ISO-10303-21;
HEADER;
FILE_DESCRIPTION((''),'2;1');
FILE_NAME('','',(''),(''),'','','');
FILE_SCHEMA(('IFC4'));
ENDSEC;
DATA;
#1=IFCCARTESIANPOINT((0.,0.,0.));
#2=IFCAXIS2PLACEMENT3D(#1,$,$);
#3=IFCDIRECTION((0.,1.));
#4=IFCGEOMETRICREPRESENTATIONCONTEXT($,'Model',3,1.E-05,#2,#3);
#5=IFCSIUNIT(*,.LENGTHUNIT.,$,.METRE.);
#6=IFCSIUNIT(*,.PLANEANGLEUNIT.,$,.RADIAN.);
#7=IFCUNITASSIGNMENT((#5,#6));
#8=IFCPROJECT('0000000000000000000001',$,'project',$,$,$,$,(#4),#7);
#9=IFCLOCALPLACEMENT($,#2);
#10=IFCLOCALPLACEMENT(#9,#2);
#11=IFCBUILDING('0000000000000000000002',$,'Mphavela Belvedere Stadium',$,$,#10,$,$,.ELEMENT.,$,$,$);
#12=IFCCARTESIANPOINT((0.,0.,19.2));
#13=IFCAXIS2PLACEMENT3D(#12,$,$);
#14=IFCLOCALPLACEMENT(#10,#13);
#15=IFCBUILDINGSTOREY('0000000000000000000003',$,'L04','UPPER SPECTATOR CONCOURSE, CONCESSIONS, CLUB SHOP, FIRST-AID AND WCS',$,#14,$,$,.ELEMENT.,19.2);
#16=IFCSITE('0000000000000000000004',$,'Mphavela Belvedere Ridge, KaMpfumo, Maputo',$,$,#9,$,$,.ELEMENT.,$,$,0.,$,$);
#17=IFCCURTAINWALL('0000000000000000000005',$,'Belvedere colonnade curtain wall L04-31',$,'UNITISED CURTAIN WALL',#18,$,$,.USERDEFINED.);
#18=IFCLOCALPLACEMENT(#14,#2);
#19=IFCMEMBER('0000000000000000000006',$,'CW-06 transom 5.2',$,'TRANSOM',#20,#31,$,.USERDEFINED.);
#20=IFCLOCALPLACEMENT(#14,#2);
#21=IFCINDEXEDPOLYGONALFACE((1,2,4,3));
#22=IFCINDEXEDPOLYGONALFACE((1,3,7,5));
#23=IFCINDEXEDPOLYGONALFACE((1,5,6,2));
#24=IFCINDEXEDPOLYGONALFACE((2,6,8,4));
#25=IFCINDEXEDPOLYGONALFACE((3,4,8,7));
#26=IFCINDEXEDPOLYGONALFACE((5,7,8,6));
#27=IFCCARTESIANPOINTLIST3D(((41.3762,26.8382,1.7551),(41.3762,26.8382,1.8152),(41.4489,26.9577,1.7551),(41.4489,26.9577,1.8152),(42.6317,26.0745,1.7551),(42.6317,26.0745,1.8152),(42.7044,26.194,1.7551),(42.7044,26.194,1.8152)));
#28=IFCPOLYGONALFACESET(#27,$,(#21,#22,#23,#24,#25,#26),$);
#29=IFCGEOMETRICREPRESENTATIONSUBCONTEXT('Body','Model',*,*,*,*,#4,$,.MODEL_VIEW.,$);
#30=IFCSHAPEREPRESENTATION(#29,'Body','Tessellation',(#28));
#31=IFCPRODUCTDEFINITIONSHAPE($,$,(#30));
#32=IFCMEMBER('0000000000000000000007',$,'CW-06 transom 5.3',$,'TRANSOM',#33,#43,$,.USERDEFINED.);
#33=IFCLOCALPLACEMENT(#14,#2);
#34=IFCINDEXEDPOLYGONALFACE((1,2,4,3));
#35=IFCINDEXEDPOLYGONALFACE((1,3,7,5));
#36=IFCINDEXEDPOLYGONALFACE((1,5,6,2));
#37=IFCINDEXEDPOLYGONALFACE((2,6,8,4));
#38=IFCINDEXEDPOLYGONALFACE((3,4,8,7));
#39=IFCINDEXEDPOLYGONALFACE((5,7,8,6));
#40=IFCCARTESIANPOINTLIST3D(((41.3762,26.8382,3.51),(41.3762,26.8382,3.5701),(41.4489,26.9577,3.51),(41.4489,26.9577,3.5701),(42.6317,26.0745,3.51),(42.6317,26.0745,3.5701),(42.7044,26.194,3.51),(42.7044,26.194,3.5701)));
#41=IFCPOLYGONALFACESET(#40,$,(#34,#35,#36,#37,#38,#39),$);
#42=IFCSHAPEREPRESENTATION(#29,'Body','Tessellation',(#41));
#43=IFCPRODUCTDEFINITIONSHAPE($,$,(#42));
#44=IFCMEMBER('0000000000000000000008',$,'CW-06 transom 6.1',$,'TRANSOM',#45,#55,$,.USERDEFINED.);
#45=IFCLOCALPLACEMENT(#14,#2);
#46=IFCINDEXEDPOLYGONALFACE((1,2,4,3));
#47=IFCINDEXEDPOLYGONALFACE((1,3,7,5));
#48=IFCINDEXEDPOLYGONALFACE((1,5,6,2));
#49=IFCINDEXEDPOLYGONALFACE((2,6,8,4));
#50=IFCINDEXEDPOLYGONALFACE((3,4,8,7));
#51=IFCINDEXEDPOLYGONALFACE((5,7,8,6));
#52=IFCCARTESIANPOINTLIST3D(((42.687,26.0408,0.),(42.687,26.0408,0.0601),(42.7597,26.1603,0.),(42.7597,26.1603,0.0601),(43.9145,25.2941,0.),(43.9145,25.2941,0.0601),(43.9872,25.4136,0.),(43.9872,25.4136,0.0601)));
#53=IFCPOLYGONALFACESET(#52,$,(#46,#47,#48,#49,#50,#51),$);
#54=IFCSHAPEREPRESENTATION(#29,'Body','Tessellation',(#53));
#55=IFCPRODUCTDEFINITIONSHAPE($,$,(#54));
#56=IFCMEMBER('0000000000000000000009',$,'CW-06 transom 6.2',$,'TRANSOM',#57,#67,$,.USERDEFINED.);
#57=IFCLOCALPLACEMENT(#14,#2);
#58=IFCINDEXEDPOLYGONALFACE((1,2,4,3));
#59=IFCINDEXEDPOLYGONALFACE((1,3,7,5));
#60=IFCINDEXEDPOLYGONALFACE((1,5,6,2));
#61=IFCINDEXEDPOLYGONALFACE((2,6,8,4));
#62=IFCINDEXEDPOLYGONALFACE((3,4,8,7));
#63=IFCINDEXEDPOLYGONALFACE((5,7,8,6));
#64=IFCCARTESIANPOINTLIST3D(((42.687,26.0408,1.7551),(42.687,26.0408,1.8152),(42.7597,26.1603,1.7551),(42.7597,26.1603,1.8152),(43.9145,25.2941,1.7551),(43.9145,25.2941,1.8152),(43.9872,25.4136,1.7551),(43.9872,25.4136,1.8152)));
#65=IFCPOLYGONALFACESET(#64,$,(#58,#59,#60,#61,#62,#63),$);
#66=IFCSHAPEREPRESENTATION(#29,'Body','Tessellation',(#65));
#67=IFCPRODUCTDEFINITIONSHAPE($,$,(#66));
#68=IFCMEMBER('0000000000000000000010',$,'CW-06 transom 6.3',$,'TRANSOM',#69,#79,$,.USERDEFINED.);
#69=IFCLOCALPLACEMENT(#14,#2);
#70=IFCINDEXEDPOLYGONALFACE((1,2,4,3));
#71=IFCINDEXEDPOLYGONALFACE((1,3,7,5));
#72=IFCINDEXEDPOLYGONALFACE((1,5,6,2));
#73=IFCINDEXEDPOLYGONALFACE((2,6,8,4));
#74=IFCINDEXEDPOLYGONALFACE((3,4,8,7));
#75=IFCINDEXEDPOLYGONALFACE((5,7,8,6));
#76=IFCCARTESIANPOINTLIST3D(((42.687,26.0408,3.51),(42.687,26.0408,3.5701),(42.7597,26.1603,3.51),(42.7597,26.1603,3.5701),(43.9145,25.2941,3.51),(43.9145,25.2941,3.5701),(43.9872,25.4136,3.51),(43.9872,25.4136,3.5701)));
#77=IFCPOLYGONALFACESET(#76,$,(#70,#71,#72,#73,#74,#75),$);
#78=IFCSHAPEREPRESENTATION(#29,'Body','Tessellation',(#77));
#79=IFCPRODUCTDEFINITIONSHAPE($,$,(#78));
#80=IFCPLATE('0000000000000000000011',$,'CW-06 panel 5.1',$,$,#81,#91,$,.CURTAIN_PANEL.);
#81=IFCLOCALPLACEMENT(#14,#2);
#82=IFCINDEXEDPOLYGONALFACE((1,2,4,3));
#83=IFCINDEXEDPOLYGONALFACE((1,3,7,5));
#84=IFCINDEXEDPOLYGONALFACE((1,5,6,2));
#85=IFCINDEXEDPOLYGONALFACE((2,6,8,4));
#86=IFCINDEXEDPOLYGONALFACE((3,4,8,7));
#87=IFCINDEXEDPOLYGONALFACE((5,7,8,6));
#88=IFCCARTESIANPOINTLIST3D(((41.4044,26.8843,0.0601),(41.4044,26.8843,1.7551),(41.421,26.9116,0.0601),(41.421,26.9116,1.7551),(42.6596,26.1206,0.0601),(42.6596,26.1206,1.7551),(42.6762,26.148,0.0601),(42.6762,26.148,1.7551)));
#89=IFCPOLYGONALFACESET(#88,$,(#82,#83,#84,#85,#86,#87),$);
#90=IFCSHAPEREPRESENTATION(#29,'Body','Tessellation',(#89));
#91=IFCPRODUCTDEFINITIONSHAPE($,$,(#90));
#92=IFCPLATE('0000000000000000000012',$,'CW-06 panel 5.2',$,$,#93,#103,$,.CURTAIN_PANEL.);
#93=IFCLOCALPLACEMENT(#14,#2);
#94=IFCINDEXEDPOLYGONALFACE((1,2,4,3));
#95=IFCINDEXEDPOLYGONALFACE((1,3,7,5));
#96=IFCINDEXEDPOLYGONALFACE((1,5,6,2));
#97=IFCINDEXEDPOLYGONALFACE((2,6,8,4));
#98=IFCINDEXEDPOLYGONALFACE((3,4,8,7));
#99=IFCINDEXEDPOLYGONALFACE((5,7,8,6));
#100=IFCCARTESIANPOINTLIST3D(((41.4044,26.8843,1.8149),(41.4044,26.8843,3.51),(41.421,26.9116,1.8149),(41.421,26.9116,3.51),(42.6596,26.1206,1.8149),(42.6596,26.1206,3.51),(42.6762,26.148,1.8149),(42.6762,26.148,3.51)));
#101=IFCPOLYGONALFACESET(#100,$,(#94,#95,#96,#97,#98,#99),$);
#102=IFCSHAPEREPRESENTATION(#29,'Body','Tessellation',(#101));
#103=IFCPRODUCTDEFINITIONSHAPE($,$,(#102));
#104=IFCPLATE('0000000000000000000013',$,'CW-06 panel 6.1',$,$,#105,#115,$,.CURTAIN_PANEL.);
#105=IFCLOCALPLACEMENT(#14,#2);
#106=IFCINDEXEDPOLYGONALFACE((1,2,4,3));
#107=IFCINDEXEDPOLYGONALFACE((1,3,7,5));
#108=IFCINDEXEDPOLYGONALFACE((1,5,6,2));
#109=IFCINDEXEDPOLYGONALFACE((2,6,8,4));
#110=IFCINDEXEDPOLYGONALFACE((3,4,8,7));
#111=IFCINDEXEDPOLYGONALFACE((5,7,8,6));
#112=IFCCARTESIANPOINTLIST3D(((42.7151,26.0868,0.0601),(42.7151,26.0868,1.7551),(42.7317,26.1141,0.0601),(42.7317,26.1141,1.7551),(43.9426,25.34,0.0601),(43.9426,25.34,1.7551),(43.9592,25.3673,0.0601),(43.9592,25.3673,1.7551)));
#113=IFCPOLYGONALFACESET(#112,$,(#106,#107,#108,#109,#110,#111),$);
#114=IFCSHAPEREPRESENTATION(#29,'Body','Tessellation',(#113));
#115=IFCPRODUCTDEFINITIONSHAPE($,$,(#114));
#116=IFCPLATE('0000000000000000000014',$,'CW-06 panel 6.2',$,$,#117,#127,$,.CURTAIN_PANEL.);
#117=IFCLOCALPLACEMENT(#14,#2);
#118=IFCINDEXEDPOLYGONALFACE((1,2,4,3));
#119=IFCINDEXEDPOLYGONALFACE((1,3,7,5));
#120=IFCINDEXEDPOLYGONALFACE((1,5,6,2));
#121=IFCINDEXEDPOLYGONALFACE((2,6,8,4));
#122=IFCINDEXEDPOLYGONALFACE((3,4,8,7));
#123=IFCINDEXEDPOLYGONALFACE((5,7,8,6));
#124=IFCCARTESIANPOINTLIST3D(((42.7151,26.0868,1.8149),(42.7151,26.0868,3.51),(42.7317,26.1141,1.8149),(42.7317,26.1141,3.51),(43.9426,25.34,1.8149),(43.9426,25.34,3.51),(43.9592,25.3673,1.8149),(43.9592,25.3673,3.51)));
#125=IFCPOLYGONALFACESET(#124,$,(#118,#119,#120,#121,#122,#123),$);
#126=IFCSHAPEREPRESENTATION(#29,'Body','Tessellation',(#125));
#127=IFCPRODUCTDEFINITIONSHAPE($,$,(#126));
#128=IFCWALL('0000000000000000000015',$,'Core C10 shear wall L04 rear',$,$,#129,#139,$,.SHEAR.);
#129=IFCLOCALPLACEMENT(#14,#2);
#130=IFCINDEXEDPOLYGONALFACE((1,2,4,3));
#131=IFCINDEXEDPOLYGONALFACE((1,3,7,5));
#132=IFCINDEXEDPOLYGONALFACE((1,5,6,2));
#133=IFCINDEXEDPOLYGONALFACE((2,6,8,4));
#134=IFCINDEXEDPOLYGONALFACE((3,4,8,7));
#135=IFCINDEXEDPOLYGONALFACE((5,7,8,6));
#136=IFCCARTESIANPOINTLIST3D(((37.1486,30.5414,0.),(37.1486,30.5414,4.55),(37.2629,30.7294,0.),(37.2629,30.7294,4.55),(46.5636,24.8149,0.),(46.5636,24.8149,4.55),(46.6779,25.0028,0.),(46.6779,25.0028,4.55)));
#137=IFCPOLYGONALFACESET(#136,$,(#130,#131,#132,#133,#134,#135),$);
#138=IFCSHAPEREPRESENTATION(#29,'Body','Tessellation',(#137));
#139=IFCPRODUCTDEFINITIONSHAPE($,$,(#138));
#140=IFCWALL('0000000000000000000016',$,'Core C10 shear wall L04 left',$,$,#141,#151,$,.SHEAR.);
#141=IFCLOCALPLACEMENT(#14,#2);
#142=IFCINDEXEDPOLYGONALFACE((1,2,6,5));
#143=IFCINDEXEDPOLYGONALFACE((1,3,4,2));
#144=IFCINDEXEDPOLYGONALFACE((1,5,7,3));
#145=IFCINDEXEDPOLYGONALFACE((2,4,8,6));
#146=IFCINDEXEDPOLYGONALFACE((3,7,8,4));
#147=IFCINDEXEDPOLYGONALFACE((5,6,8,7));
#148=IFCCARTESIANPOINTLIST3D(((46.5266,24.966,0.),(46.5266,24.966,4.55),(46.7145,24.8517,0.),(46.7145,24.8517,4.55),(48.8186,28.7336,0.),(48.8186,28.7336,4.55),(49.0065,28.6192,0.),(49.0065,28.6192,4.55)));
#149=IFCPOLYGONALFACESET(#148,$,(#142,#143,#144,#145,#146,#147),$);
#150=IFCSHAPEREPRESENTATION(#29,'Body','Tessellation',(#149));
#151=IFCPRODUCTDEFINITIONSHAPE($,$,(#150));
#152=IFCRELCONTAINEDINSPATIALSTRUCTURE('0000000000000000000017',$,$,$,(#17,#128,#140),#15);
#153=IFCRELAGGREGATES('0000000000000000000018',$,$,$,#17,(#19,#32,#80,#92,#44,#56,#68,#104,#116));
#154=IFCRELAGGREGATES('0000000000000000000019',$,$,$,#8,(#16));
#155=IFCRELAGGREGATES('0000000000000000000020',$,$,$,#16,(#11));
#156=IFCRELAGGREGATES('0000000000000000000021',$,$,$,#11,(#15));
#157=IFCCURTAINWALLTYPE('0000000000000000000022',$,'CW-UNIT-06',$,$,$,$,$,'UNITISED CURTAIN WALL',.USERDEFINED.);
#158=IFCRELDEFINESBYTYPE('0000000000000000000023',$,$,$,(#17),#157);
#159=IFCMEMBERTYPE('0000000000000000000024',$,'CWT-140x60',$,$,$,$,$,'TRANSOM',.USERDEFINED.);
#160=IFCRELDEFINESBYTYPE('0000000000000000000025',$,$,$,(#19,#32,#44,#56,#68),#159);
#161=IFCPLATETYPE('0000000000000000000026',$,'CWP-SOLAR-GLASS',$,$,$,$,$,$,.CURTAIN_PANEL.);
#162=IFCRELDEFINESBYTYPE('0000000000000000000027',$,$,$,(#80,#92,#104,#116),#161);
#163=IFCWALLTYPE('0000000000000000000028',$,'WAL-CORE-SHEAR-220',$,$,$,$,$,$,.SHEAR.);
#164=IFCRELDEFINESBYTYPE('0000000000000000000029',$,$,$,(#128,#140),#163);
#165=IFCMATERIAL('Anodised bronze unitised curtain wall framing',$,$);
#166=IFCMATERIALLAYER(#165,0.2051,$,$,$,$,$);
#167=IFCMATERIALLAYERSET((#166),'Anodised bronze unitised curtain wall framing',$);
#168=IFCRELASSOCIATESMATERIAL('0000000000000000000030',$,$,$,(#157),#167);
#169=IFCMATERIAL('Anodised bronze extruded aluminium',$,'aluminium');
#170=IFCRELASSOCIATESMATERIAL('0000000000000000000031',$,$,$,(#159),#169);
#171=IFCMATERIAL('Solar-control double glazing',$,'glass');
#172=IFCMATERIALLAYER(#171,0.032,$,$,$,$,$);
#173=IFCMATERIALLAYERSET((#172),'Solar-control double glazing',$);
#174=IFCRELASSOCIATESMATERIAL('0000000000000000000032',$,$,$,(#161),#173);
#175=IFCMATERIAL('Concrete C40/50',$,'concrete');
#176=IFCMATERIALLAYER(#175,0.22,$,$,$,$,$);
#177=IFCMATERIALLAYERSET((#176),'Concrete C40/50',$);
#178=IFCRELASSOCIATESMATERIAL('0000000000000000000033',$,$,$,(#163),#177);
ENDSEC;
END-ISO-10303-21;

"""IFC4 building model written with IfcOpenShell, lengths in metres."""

from ifc_helpers import new_model, si_unit, direction, frame, frame_2d, origin, origin_2d, place, context, subcontext, project, spatial, rectangle, extrude, material, layer, layer_set, material_profile, profile_set, type_object, element, aggregate, save


model = new_model("IFC4")

# Units and contexts
model_context = context("Model", 3, precision=1e-05, world=origin(), true_north=direction((0.0, 1.0)))
body_context = subcontext(model_context, "Body", "Model", "MODEL_VIEW")
ifc_project = project(units=[si_unit("LENGTHUNIT", "METRE"), si_unit("PLANEANGLEUNIT", "RADIAN")], contexts=[model_context])

# Site, building, storey
site_placement = place(None, origin())
site = spatial("IfcSite", under=ifc_project, at=site_placement, Name="Mphavela Belvedere Ridge, KaMpfumo, Maputo", CompositionType="ELEMENT", RefElevation=0.0)
building_placement = place(site_placement, origin())
building = spatial("IfcBuilding", under=site, at=building_placement, Name="Mphavela Belvedere Stadium", CompositionType="ELEMENT")
storey_placement = place(building_placement, frame((0.0, 0.0, 19.2)))
storey = spatial("IfcBuildingStorey", under=building, at=storey_placement, Name="L04", Description="UPPER SPECTATOR CONCOURSE, CONCESSIONS, CLUB SHOP, FIRST-AID AND WCS", CompositionType="ELEMENT", Elevation=19.2)

# Curtain wall, members, plates
ifc_material_1 = material(Name="Anodised bronze unitised curtain wall framing")
ifc_layer_1 = layer(ifc_material_1, 0.2051)
ifc_layer_set_1 = layer_set([ifc_layer_1], Name="Anodised bronze unitised curtain wall framing")
curtain_wall_type = type_object("IfcCurtainWallType", Name="CW-UNIT-06", ElementType="UNITISED CURTAIN WALL", PredefinedType="USERDEFINED", material=ifc_layer_set_1)
curtain_wall_placement = place(storey_placement, origin())
curtain_wall = element("IfcCurtainWall", 1, at=curtain_wall_placement, inside=storey, type_object=curtain_wall_type, Name="Belvedere colonnade curtain wall L04-31", ObjectType="UNITISED CURTAIN WALL", PredefinedType="USERDEFINED")
ifc_material_2 = material(Name="Anodised bronze extruded aluminium", Category="aluminium")
ifc_material_profile_1 = material_profile(ifc_material_2, rectangle(XDim=0.1399, YDim=0.0601, at=origin_2d()), Name="CW-TRN 140x60")
ifc_profile_set_1 = profile_set([ifc_material_profile_1], Name="Anodised bronze extruded aluminium")
member_type_1 = type_object("IfcMemberType", Name="CWT-140x60", ElementType="TRANSOM", PredefinedType="USERDEFINED", material=ifc_profile_set_1)
member_1_placement = place(storey_placement, frame((41.4126, 26.8979, 1.7852), z_axis=(0.85434, -0.519715, 0.0), x_axis=(0.519715, 0.85434, 0.0)))
member_1 = element("IfcMember", 2, at=member_1_placement, type_object=member_type_1, Name="CW-06 transom 5.2", ObjectType="TRANSOM", PredefinedType="USERDEFINED", context=body_context, shape_type="SweptSolid", body=[
    extrude(rectangle(XDim=0.1399, YDim=0.0601, at=origin_2d()), origin(), (0.0, 0.0, 1.0), 1.4695),
])
member_2_placement = place(storey_placement, frame((41.4126, 26.8979, 3.54), z_axis=(0.85434, -0.519715, 0.0), x_axis=(0.519715, 0.85434, 0.0)))
member_2 = element("IfcMember", 3, at=member_2_placement, type_object=member_type_1, Name="CW-06 transom 5.3", ObjectType="TRANSOM", PredefinedType="USERDEFINED", context=body_context, shape_type="SweptSolid", body=[
    extrude(rectangle(XDim=0.1399, YDim=0.0601, at=origin_2d()), origin(), (0.0, 0.0, 1.0), 1.4695),
])
member_3_placement = place(storey_placement, frame((42.7234, 26.1006, 0.03), z_axis=(0.854313, -0.519758, 0.0), x_axis=(0.519758, 0.854313, 0.0)))
member_3 = element("IfcMember", 4, at=member_3_placement, type_object=member_type_1, Name="CW-06 transom 6.1", ObjectType="TRANSOM", PredefinedType="USERDEFINED", context=body_context, shape_type="SweptSolid", body=[
    extrude(rectangle(XDim=0.1399, YDim=0.0601, at=origin_2d()), origin(), (0.0, 0.0, 1.0), 1.4368),
])
member_4_placement = place(storey_placement, frame((42.7234, 26.1006, 1.7852), z_axis=(0.854313, -0.519758, 0.0), x_axis=(0.519758, 0.854313, 0.0)))
member_4 = element("IfcMember", 5, at=member_4_placement, type_object=member_type_1, Name="CW-06 transom 6.2", ObjectType="TRANSOM", PredefinedType="USERDEFINED", context=body_context, shape_type="SweptSolid", body=[
    extrude(rectangle(XDim=0.1399, YDim=0.0601, at=origin_2d()), origin(), (0.0, 0.0, 1.0), 1.4368),
])
member_5_placement = place(storey_placement, frame((42.7234, 26.1006, 3.54), z_axis=(0.854313, -0.519758, 0.0), x_axis=(0.519758, 0.854313, 0.0)))
member_5 = element("IfcMember", 6, at=member_5_placement, type_object=member_type_1, Name="CW-06 transom 6.3", ObjectType="TRANSOM", PredefinedType="USERDEFINED", context=body_context, shape_type="SweptSolid", body=[
    extrude(rectangle(XDim=0.1399, YDim=0.0601, at=origin_2d()), origin(), (0.0, 0.0, 1.0), 1.4368),
])
ifc_material_3 = material(Name="Solar-control double glazing", Category="glass")
ifc_layer_2 = layer(ifc_material_3, 0.032)
ifc_layer_set_2 = layer_set([ifc_layer_2], Name="Solar-control double glazing")
plate_type = type_object("IfcPlateType", Name="CWP-SOLAR-GLASS", PredefinedType="CURTAIN_PANEL", material=ifc_layer_set_2)
plate_1_placement = place(storey_placement, frame((42.0403, 26.5161, 0.0601), z_axis=(0.0, 0.0, 1.0), x_axis=(0.854327, -0.519735, 0.0)))
plate_1 = element("IfcPlate", 7, at=plate_1_placement, type_object=plate_type, Name="CW-06 panel 5.1", PredefinedType="CURTAIN_PANEL", context=body_context, shape_type="SweptSolid", body=[
    extrude(rectangle(XDim=1.4692, YDim=0.032, at=origin_2d()), origin(), (0.0, 0.0, 1.0), 1.6951),
])
plate_2_placement = place(storey_placement, frame((42.0403, 26.5161, 1.8149), z_axis=(0.0, 0.0, 1.0), x_axis=(0.854327, -0.519735, 0.0)))
plate_2 = element("IfcPlate", 8, at=plate_2_placement, type_object=plate_type, Name="CW-06 panel 5.2", PredefinedType="CURTAIN_PANEL", context=body_context, shape_type="SweptSolid", body=[
    extrude(rectangle(XDim=1.4692, YDim=0.032, at=origin_2d()), origin(), (0.0, 0.0, 1.0), 1.6951),
])
plate_3_placement = place(storey_placement, frame((43.3372, 25.7271, 0.0601), z_axis=(0.0, 0.0, 1.0), x_axis=(0.854327, -0.519735, 0.0)))
plate_3 = element("IfcPlate", 9, at=plate_3_placement, type_object=plate_type, Name="CW-06 panel 6.1", PredefinedType="CURTAIN_PANEL", context=body_context, shape_type="SweptSolid", body=[
    extrude(rectangle(XDim=1.4368, YDim=0.032, at=origin_2d()), origin(), (0.0, 0.0, 1.0), 1.6951),
])
plate_4_placement = place(storey_placement, frame((43.3372, 25.7271, 1.8149), z_axis=(0.0, 0.0, 1.0), x_axis=(0.854327, -0.519735, 0.0)))
plate_4 = element("IfcPlate", 10, at=plate_4_placement, type_object=plate_type, Name="CW-06 panel 6.2", PredefinedType="CURTAIN_PANEL", context=body_context, shape_type="SweptSolid", body=[
    extrude(rectangle(XDim=1.4368, YDim=0.032, at=origin_2d()), origin(), (0.0, 0.0, 1.0), 1.6951),
])
aggregate(curtain_wall, [member_1, member_2, plate_1, plate_2, member_3, member_4, member_5, plate_3, plate_4])

# Walls
ifc_material_4 = material(Name="Concrete C40/50", Category="concrete")
ifc_layer_3 = layer(ifc_material_4, 0.22)
ifc_layer_set_3 = layer_set([ifc_layer_3], Name="Concrete C40/50")
wall_type_1 = type_object("IfcWallType", Name="WAL-CORE-SHEAR-220", PredefinedType="SHEAR", material=ifc_layer_set_3)
wall_1_placement = place(storey_placement, frame((46.6206, 24.9089, 0.0), z_axis=(0.0, 0.0, 1.0), x_axis=(-0.854373, 0.51966, 0.0)))
element("IfcWall", 11, at=wall_1_placement, inside=storey, type_object=wall_type_1, Name="Core C10 shear wall L04 rear", PredefinedType="SHEAR", context=body_context, shape_type="SweptSolid", body=[
    extrude(rectangle(XDim=11.0198, YDim=0.22, at=frame_2d((5.5098, 0.0))), origin(), (0.0, 0.0, 1.0), 4.55),
])
wall_2_placement = place(storey_placement, frame((48.9126, 28.6765, 0.0), z_axis=(0.0, 0.0, 1.0), x_axis=(-0.519729, -0.854331, 0.0)))
element("IfcWall", 12, at=wall_2_placement, inside=storey, type_object=wall_type_1, Name="Core C10 shear wall L04 left", PredefinedType="SHEAR", context=body_context, shape_type="SweptSolid", body=[
    extrude(rectangle(XDim=4.4099, YDim=0.22, at=frame_2d((2.2051, 0.0))), origin(), (0.0, 0.0, 1.0), 4.55),
])

save(model, "model.ifc")
